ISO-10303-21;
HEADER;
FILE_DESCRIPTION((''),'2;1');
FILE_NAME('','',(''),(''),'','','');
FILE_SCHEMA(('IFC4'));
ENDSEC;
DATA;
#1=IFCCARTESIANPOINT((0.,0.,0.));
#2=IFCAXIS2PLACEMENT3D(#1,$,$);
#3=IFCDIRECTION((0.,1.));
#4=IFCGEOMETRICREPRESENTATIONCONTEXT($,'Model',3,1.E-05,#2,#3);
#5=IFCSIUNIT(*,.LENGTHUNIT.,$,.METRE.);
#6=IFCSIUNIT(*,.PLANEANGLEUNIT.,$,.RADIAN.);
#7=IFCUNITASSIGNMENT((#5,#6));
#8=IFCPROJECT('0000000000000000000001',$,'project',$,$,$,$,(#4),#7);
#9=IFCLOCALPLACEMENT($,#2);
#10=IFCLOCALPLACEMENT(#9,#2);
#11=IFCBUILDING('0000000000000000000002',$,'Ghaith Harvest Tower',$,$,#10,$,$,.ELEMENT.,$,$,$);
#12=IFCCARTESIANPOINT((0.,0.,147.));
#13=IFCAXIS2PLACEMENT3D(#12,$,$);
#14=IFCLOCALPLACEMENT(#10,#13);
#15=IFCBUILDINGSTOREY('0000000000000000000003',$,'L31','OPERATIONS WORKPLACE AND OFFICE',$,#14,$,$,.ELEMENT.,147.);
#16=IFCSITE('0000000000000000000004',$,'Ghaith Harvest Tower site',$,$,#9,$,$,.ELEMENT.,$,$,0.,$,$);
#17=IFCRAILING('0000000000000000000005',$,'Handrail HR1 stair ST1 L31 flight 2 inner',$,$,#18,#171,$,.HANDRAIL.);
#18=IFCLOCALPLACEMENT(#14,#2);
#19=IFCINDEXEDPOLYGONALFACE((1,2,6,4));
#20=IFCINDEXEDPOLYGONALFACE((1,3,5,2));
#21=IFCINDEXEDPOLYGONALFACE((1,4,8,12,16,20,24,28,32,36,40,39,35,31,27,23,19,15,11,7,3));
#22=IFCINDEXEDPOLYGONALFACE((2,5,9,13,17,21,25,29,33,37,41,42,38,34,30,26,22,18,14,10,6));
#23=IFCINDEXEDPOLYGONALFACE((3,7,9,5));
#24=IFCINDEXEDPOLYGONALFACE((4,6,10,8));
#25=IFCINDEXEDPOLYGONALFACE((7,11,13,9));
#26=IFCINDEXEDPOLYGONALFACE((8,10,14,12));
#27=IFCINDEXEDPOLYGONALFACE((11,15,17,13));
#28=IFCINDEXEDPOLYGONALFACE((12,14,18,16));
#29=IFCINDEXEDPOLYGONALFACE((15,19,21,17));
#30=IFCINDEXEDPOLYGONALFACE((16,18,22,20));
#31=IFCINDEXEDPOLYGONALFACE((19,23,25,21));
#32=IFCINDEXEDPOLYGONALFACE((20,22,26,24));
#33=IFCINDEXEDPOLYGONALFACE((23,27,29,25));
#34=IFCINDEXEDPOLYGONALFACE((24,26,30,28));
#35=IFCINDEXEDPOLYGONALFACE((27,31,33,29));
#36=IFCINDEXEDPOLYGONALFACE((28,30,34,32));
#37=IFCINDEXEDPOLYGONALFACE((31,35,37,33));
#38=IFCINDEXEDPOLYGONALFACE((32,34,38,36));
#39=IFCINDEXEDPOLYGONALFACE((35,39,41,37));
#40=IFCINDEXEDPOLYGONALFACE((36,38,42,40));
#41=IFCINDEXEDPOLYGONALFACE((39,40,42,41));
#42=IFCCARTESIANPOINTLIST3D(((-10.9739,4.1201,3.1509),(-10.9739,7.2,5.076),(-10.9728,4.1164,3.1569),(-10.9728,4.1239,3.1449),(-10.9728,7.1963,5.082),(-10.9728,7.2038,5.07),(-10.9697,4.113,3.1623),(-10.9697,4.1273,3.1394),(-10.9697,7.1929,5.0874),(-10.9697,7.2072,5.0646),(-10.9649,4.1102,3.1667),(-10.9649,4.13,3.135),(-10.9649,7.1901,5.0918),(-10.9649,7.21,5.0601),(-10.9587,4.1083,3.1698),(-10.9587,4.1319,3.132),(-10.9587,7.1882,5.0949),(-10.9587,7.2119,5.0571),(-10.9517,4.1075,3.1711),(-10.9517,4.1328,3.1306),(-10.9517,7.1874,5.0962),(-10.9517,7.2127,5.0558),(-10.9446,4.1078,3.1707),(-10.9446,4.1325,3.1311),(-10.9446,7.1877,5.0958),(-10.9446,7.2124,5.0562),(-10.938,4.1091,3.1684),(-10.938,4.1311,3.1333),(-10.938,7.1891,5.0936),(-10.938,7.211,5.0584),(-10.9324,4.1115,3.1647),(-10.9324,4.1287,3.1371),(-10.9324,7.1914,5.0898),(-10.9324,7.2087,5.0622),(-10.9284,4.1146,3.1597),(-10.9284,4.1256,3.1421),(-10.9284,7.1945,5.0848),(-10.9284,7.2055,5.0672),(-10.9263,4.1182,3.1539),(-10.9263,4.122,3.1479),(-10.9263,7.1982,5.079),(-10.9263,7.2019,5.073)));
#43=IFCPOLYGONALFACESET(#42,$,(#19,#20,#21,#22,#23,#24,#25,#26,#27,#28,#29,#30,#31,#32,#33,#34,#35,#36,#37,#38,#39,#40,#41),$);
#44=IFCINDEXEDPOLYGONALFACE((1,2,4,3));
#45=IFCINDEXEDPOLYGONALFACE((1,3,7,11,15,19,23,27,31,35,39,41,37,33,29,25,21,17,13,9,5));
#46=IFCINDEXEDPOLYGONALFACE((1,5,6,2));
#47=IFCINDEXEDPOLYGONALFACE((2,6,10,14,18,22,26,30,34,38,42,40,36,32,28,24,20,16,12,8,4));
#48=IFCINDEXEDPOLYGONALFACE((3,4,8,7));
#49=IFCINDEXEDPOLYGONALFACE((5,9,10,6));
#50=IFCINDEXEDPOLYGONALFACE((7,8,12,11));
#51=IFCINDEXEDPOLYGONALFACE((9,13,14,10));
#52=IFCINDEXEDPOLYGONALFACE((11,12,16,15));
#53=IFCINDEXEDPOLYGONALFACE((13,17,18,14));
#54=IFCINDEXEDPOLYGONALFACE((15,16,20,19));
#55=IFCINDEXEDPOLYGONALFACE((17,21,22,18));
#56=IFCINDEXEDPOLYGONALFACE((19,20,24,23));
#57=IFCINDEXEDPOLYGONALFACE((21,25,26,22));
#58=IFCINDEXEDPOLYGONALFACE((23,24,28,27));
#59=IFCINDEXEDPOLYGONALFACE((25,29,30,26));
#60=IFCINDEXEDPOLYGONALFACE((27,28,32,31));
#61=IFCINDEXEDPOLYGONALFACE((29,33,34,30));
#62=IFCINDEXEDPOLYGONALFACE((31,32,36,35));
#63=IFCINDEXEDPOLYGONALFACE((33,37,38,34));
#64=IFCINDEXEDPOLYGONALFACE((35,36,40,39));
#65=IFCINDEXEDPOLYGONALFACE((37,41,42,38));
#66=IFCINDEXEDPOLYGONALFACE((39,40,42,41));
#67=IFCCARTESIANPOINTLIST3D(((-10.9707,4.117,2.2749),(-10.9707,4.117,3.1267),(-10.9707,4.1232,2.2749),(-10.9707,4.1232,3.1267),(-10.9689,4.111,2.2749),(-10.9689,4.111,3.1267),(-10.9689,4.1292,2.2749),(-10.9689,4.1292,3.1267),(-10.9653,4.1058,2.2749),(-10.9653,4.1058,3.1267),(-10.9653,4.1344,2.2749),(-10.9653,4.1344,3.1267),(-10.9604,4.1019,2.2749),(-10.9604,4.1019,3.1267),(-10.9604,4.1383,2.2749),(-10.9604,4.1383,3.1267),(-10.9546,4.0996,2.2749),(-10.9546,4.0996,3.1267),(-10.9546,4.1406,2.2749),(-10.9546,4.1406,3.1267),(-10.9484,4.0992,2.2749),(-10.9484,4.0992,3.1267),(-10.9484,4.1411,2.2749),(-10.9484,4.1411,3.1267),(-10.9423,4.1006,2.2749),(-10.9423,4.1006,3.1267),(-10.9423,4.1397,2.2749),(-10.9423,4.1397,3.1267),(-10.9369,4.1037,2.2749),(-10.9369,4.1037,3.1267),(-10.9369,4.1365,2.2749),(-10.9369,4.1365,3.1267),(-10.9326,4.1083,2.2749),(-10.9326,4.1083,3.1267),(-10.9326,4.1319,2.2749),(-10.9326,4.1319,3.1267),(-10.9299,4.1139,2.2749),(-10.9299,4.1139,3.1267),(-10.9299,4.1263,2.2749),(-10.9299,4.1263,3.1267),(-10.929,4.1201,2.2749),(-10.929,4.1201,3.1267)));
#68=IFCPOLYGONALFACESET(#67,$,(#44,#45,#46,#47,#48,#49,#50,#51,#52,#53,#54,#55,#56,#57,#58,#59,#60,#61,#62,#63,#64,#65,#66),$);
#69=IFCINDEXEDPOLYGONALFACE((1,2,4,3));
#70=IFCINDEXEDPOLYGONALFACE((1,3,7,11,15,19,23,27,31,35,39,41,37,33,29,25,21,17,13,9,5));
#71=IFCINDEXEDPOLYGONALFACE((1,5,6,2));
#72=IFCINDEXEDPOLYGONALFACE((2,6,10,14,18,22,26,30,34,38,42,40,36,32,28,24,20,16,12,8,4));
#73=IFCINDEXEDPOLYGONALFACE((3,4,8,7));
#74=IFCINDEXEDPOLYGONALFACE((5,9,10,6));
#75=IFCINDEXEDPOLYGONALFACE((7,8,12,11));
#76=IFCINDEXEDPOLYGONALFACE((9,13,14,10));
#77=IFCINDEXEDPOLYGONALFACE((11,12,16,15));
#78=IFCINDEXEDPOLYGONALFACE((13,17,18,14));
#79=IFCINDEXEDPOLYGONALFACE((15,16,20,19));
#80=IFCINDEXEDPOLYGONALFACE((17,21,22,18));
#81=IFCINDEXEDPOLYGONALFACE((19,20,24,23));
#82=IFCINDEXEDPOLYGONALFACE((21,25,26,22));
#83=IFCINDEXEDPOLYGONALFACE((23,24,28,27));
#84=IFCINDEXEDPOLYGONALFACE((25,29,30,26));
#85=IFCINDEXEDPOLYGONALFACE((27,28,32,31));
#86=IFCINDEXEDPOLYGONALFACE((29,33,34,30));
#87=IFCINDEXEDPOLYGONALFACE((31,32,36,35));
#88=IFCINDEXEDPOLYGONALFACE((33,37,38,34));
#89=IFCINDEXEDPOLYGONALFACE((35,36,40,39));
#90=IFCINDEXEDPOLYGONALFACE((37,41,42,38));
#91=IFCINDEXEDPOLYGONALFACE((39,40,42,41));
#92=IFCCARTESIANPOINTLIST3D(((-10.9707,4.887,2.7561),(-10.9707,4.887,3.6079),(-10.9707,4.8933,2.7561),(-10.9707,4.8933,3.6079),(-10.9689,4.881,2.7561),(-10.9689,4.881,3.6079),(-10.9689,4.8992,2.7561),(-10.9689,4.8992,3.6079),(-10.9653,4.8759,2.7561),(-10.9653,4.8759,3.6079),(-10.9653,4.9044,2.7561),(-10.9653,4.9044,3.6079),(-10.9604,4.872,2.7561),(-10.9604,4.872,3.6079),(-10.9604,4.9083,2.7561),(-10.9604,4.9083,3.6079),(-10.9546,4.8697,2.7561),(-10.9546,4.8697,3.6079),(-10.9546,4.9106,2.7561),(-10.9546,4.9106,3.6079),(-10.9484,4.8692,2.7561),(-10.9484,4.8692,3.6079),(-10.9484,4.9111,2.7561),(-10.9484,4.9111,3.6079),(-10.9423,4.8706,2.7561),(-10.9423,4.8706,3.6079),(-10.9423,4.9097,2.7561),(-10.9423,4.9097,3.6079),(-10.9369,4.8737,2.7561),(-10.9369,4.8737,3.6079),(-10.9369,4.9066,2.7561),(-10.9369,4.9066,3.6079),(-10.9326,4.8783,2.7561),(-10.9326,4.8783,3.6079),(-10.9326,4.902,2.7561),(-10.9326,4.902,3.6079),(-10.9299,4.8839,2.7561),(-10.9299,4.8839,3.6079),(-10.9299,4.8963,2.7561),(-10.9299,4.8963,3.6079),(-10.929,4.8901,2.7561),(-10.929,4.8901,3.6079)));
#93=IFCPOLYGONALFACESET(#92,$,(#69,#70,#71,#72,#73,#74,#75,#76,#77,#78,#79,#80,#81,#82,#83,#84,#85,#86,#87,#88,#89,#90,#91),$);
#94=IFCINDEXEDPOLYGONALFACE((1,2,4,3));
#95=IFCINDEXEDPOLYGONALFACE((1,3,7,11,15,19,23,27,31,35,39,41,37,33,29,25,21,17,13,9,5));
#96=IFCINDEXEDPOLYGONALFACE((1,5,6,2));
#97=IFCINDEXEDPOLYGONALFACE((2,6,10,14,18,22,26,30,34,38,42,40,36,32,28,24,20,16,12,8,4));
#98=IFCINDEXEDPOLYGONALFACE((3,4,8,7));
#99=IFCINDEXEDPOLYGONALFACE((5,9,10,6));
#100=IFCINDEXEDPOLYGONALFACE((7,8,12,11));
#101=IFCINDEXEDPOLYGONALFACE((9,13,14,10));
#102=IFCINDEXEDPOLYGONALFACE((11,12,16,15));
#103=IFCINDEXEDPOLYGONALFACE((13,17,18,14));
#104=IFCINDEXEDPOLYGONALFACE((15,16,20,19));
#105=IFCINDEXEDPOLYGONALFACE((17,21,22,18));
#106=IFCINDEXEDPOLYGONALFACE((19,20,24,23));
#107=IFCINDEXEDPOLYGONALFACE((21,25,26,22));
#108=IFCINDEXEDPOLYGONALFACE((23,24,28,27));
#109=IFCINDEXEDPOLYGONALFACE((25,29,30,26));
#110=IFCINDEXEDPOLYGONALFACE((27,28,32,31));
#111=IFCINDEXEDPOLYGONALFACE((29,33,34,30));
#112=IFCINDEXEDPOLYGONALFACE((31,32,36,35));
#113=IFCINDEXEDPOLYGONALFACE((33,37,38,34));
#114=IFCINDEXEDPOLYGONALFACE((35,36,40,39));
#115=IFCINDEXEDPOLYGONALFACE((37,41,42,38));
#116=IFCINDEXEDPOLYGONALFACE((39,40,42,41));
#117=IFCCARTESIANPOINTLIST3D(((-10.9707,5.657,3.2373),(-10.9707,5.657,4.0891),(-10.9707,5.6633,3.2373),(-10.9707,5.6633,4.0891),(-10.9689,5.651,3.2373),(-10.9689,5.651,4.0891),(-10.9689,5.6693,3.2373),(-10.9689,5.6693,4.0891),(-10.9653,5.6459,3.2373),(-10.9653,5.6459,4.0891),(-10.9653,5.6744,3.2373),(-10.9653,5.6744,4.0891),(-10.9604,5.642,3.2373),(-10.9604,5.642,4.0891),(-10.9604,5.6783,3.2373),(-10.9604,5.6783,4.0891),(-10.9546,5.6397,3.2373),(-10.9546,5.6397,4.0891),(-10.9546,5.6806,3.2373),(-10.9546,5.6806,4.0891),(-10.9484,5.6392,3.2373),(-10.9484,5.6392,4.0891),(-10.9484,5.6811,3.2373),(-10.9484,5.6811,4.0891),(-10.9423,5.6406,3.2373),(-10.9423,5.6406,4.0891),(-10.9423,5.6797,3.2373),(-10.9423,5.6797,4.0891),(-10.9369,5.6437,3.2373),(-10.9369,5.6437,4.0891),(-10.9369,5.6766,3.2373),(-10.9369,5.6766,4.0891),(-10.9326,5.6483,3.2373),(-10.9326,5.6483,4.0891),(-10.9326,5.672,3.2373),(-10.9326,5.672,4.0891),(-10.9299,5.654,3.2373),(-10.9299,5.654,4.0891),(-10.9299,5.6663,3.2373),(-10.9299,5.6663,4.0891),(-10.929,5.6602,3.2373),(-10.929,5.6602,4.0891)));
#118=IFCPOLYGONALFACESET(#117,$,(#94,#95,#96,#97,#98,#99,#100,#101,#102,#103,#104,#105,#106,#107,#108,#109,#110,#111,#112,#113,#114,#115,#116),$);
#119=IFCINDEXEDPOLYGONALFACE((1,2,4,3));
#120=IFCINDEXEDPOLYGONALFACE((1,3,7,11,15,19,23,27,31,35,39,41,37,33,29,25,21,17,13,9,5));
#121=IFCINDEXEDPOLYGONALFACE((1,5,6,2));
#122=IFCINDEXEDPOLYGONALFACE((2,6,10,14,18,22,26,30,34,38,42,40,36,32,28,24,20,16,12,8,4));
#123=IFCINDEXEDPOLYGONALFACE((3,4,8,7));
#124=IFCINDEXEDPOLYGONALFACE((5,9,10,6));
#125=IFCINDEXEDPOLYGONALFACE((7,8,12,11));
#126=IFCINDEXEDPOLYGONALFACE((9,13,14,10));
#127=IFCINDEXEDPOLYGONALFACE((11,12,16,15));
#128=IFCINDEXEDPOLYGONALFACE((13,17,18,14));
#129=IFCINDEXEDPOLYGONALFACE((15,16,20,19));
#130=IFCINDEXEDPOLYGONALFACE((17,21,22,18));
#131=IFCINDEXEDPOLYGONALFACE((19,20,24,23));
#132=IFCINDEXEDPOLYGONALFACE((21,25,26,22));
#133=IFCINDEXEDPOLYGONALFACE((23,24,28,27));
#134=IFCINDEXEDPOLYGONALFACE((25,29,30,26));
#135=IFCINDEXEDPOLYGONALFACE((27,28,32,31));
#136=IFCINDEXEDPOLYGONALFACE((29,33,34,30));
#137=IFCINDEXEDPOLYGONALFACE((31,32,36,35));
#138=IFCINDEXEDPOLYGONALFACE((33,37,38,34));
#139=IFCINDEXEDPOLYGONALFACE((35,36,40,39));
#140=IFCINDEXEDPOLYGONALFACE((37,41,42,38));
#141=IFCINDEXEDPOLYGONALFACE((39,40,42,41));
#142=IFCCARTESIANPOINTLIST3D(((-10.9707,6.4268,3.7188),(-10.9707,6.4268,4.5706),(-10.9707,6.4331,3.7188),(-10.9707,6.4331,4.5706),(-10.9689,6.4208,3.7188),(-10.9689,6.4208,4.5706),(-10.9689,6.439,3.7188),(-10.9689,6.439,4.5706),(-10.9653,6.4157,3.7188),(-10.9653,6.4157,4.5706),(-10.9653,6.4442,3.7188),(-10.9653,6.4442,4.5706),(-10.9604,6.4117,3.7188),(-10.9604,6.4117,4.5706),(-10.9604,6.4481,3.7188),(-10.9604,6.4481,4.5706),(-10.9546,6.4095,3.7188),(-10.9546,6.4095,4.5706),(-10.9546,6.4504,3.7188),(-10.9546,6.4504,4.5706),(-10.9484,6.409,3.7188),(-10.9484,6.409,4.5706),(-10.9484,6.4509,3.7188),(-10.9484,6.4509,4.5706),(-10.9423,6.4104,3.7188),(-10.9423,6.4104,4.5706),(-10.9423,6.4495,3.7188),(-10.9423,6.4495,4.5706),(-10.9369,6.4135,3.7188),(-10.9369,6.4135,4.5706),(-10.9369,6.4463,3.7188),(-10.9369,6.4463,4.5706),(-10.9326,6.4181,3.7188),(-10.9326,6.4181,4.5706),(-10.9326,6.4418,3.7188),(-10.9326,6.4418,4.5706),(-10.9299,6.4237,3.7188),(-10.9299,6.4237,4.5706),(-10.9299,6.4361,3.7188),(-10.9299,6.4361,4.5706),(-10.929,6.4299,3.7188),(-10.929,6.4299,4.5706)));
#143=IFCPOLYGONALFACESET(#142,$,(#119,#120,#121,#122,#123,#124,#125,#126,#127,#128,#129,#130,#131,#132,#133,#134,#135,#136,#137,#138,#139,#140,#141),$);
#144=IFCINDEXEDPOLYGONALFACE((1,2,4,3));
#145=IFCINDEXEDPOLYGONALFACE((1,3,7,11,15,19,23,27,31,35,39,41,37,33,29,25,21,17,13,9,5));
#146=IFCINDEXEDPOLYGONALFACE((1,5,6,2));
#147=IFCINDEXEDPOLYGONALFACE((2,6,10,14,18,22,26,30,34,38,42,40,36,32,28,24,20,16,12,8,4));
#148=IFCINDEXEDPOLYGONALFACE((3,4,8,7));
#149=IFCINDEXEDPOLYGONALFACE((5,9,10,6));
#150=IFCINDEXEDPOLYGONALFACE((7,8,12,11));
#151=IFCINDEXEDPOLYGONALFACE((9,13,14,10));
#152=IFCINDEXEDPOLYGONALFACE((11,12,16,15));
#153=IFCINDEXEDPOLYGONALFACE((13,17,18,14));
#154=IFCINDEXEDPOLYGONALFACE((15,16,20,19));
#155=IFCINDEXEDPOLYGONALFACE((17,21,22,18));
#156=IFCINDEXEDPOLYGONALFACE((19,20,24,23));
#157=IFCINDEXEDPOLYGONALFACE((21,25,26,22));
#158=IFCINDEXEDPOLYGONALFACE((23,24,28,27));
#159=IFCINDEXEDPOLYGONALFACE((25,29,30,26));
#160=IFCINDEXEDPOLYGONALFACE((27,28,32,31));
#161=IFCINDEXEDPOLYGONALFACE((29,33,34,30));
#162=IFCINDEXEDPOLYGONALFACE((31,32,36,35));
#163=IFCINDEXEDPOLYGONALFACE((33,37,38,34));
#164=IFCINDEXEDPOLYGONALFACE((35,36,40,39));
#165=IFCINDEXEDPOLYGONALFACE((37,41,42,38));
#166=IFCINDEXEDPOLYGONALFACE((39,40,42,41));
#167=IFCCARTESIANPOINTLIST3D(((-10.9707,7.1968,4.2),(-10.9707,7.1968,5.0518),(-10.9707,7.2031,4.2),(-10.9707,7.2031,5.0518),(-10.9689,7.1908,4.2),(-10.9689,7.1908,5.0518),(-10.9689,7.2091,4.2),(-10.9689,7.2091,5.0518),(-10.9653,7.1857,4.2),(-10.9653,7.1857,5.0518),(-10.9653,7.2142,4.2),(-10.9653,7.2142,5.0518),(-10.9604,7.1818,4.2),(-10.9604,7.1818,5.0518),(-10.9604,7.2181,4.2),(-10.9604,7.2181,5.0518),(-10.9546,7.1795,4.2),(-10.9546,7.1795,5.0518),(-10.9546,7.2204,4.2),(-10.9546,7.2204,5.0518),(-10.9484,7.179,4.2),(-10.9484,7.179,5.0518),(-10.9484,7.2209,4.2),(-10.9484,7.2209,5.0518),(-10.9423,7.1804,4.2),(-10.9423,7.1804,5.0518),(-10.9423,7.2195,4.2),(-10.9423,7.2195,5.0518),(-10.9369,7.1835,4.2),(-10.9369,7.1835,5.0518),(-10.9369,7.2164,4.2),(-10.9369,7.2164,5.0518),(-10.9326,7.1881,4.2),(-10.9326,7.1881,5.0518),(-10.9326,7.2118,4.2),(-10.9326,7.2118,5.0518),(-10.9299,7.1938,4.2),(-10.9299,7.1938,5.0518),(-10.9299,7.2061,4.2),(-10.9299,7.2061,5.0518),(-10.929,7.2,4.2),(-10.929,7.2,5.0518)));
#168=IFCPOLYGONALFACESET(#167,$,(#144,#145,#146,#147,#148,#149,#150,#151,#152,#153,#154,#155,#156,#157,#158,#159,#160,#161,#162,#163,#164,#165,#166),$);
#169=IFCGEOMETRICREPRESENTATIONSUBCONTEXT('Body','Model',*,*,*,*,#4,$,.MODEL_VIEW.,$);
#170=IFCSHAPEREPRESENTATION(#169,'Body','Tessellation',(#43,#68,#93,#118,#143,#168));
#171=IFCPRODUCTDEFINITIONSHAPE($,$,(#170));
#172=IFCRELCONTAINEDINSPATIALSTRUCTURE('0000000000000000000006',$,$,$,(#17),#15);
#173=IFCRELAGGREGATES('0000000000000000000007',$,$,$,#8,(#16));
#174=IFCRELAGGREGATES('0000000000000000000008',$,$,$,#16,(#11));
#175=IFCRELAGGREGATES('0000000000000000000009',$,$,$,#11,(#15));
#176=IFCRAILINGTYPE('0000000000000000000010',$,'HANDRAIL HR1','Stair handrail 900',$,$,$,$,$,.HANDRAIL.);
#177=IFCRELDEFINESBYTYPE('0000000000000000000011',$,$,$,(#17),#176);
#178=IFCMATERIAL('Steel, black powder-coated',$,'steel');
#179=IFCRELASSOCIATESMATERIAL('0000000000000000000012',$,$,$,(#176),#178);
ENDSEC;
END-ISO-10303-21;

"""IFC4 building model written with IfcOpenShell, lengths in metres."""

from ifc_helpers import new_model, si_unit, direction, frame, origin, origin_2d, place, context, subcontext, project, spatial, circle, extrude, material, type_object, element, save


model = new_model("IFC4")

# Units and contexts
model_context = context("Model", 3, precision=1e-05, world=origin(), true_north=direction((0.0, 1.0)))
body_context = subcontext(model_context, "Body", "Model", "MODEL_VIEW")
ifc_project = project(units=[si_unit("LENGTHUNIT", "METRE"), si_unit("PLANEANGLEUNIT", "RADIAN")], contexts=[model_context])

# Site, building, storey
site_placement = place(None, origin())
site = spatial("IfcSite", under=ifc_project, at=site_placement, Name="Ghaith Harvest Tower site", CompositionType="ELEMENT", RefElevation=0.0)
building_placement = place(site_placement, origin())
building = spatial("IfcBuilding", under=site, at=building_placement, Name="Ghaith Harvest Tower", CompositionType="ELEMENT")
storey_placement = place(building_placement, frame((0.0, 0.0, 147.0)))
storey = spatial("IfcBuildingStorey", under=building, at=storey_placement, Name="L31", Description="OPERATIONS WORKPLACE AND OFFICE", CompositionType="ELEMENT", Elevation=147.0)

# Railing
ifc_material_1 = material(Name="Steel, black powder-coated", Category="steel")
railing_type = type_object("IfcRailingType", Name="HANDRAIL HR1", Description="Stair handrail 900", PredefinedType="HANDRAIL", material=ifc_material_1)
railing_1_placement = place(storey_placement, frame((-10.95, 4.1201, 2.2749)))
element("IfcRailing", 1, at=railing_1_placement, inside=storey, type_object=railing_type, Name="Handrail HR1 stair ST1 L31 flight 2 inner", PredefinedType="HANDRAIL", context=body_context, shape_type="SweptSolid", body=[
    extrude(circle(Radius=0.0239, at=origin_2d()), frame((0.0, 0.0, 0.876), z_axis=(0.0, 0.847979, 0.530029), x_axis=(-1.0, 0.0, 0.0)), (0.0, 0.0, 1.0), 3.6321),
    extrude(circle(Radius=0.021, at=origin_2d()), origin(), (0.0, 0.0, 1.0), 0.8518),
    extrude(circle(Radius=0.021, at=origin_2d()), frame((0.0, 0.77, 0.4812)), (0.0, 0.0, 1.0), 0.8518),
    extrude(circle(Radius=0.021, at=origin_2d()), frame((0.0, 1.54, 0.9624)), (0.0, 0.0, 1.0), 0.8518),
    extrude(circle(Radius=0.021, at=origin_2d()), frame((0.0, 2.3098, 1.4438)), (0.0, 0.0, 1.0), 0.8518),
    extrude(circle(Radius=0.021, at=origin_2d()), frame((0.0, 3.0798, 1.925)), (0.0, 0.0, 1.0), 0.8518),
])

save(model, "model.ifc")
